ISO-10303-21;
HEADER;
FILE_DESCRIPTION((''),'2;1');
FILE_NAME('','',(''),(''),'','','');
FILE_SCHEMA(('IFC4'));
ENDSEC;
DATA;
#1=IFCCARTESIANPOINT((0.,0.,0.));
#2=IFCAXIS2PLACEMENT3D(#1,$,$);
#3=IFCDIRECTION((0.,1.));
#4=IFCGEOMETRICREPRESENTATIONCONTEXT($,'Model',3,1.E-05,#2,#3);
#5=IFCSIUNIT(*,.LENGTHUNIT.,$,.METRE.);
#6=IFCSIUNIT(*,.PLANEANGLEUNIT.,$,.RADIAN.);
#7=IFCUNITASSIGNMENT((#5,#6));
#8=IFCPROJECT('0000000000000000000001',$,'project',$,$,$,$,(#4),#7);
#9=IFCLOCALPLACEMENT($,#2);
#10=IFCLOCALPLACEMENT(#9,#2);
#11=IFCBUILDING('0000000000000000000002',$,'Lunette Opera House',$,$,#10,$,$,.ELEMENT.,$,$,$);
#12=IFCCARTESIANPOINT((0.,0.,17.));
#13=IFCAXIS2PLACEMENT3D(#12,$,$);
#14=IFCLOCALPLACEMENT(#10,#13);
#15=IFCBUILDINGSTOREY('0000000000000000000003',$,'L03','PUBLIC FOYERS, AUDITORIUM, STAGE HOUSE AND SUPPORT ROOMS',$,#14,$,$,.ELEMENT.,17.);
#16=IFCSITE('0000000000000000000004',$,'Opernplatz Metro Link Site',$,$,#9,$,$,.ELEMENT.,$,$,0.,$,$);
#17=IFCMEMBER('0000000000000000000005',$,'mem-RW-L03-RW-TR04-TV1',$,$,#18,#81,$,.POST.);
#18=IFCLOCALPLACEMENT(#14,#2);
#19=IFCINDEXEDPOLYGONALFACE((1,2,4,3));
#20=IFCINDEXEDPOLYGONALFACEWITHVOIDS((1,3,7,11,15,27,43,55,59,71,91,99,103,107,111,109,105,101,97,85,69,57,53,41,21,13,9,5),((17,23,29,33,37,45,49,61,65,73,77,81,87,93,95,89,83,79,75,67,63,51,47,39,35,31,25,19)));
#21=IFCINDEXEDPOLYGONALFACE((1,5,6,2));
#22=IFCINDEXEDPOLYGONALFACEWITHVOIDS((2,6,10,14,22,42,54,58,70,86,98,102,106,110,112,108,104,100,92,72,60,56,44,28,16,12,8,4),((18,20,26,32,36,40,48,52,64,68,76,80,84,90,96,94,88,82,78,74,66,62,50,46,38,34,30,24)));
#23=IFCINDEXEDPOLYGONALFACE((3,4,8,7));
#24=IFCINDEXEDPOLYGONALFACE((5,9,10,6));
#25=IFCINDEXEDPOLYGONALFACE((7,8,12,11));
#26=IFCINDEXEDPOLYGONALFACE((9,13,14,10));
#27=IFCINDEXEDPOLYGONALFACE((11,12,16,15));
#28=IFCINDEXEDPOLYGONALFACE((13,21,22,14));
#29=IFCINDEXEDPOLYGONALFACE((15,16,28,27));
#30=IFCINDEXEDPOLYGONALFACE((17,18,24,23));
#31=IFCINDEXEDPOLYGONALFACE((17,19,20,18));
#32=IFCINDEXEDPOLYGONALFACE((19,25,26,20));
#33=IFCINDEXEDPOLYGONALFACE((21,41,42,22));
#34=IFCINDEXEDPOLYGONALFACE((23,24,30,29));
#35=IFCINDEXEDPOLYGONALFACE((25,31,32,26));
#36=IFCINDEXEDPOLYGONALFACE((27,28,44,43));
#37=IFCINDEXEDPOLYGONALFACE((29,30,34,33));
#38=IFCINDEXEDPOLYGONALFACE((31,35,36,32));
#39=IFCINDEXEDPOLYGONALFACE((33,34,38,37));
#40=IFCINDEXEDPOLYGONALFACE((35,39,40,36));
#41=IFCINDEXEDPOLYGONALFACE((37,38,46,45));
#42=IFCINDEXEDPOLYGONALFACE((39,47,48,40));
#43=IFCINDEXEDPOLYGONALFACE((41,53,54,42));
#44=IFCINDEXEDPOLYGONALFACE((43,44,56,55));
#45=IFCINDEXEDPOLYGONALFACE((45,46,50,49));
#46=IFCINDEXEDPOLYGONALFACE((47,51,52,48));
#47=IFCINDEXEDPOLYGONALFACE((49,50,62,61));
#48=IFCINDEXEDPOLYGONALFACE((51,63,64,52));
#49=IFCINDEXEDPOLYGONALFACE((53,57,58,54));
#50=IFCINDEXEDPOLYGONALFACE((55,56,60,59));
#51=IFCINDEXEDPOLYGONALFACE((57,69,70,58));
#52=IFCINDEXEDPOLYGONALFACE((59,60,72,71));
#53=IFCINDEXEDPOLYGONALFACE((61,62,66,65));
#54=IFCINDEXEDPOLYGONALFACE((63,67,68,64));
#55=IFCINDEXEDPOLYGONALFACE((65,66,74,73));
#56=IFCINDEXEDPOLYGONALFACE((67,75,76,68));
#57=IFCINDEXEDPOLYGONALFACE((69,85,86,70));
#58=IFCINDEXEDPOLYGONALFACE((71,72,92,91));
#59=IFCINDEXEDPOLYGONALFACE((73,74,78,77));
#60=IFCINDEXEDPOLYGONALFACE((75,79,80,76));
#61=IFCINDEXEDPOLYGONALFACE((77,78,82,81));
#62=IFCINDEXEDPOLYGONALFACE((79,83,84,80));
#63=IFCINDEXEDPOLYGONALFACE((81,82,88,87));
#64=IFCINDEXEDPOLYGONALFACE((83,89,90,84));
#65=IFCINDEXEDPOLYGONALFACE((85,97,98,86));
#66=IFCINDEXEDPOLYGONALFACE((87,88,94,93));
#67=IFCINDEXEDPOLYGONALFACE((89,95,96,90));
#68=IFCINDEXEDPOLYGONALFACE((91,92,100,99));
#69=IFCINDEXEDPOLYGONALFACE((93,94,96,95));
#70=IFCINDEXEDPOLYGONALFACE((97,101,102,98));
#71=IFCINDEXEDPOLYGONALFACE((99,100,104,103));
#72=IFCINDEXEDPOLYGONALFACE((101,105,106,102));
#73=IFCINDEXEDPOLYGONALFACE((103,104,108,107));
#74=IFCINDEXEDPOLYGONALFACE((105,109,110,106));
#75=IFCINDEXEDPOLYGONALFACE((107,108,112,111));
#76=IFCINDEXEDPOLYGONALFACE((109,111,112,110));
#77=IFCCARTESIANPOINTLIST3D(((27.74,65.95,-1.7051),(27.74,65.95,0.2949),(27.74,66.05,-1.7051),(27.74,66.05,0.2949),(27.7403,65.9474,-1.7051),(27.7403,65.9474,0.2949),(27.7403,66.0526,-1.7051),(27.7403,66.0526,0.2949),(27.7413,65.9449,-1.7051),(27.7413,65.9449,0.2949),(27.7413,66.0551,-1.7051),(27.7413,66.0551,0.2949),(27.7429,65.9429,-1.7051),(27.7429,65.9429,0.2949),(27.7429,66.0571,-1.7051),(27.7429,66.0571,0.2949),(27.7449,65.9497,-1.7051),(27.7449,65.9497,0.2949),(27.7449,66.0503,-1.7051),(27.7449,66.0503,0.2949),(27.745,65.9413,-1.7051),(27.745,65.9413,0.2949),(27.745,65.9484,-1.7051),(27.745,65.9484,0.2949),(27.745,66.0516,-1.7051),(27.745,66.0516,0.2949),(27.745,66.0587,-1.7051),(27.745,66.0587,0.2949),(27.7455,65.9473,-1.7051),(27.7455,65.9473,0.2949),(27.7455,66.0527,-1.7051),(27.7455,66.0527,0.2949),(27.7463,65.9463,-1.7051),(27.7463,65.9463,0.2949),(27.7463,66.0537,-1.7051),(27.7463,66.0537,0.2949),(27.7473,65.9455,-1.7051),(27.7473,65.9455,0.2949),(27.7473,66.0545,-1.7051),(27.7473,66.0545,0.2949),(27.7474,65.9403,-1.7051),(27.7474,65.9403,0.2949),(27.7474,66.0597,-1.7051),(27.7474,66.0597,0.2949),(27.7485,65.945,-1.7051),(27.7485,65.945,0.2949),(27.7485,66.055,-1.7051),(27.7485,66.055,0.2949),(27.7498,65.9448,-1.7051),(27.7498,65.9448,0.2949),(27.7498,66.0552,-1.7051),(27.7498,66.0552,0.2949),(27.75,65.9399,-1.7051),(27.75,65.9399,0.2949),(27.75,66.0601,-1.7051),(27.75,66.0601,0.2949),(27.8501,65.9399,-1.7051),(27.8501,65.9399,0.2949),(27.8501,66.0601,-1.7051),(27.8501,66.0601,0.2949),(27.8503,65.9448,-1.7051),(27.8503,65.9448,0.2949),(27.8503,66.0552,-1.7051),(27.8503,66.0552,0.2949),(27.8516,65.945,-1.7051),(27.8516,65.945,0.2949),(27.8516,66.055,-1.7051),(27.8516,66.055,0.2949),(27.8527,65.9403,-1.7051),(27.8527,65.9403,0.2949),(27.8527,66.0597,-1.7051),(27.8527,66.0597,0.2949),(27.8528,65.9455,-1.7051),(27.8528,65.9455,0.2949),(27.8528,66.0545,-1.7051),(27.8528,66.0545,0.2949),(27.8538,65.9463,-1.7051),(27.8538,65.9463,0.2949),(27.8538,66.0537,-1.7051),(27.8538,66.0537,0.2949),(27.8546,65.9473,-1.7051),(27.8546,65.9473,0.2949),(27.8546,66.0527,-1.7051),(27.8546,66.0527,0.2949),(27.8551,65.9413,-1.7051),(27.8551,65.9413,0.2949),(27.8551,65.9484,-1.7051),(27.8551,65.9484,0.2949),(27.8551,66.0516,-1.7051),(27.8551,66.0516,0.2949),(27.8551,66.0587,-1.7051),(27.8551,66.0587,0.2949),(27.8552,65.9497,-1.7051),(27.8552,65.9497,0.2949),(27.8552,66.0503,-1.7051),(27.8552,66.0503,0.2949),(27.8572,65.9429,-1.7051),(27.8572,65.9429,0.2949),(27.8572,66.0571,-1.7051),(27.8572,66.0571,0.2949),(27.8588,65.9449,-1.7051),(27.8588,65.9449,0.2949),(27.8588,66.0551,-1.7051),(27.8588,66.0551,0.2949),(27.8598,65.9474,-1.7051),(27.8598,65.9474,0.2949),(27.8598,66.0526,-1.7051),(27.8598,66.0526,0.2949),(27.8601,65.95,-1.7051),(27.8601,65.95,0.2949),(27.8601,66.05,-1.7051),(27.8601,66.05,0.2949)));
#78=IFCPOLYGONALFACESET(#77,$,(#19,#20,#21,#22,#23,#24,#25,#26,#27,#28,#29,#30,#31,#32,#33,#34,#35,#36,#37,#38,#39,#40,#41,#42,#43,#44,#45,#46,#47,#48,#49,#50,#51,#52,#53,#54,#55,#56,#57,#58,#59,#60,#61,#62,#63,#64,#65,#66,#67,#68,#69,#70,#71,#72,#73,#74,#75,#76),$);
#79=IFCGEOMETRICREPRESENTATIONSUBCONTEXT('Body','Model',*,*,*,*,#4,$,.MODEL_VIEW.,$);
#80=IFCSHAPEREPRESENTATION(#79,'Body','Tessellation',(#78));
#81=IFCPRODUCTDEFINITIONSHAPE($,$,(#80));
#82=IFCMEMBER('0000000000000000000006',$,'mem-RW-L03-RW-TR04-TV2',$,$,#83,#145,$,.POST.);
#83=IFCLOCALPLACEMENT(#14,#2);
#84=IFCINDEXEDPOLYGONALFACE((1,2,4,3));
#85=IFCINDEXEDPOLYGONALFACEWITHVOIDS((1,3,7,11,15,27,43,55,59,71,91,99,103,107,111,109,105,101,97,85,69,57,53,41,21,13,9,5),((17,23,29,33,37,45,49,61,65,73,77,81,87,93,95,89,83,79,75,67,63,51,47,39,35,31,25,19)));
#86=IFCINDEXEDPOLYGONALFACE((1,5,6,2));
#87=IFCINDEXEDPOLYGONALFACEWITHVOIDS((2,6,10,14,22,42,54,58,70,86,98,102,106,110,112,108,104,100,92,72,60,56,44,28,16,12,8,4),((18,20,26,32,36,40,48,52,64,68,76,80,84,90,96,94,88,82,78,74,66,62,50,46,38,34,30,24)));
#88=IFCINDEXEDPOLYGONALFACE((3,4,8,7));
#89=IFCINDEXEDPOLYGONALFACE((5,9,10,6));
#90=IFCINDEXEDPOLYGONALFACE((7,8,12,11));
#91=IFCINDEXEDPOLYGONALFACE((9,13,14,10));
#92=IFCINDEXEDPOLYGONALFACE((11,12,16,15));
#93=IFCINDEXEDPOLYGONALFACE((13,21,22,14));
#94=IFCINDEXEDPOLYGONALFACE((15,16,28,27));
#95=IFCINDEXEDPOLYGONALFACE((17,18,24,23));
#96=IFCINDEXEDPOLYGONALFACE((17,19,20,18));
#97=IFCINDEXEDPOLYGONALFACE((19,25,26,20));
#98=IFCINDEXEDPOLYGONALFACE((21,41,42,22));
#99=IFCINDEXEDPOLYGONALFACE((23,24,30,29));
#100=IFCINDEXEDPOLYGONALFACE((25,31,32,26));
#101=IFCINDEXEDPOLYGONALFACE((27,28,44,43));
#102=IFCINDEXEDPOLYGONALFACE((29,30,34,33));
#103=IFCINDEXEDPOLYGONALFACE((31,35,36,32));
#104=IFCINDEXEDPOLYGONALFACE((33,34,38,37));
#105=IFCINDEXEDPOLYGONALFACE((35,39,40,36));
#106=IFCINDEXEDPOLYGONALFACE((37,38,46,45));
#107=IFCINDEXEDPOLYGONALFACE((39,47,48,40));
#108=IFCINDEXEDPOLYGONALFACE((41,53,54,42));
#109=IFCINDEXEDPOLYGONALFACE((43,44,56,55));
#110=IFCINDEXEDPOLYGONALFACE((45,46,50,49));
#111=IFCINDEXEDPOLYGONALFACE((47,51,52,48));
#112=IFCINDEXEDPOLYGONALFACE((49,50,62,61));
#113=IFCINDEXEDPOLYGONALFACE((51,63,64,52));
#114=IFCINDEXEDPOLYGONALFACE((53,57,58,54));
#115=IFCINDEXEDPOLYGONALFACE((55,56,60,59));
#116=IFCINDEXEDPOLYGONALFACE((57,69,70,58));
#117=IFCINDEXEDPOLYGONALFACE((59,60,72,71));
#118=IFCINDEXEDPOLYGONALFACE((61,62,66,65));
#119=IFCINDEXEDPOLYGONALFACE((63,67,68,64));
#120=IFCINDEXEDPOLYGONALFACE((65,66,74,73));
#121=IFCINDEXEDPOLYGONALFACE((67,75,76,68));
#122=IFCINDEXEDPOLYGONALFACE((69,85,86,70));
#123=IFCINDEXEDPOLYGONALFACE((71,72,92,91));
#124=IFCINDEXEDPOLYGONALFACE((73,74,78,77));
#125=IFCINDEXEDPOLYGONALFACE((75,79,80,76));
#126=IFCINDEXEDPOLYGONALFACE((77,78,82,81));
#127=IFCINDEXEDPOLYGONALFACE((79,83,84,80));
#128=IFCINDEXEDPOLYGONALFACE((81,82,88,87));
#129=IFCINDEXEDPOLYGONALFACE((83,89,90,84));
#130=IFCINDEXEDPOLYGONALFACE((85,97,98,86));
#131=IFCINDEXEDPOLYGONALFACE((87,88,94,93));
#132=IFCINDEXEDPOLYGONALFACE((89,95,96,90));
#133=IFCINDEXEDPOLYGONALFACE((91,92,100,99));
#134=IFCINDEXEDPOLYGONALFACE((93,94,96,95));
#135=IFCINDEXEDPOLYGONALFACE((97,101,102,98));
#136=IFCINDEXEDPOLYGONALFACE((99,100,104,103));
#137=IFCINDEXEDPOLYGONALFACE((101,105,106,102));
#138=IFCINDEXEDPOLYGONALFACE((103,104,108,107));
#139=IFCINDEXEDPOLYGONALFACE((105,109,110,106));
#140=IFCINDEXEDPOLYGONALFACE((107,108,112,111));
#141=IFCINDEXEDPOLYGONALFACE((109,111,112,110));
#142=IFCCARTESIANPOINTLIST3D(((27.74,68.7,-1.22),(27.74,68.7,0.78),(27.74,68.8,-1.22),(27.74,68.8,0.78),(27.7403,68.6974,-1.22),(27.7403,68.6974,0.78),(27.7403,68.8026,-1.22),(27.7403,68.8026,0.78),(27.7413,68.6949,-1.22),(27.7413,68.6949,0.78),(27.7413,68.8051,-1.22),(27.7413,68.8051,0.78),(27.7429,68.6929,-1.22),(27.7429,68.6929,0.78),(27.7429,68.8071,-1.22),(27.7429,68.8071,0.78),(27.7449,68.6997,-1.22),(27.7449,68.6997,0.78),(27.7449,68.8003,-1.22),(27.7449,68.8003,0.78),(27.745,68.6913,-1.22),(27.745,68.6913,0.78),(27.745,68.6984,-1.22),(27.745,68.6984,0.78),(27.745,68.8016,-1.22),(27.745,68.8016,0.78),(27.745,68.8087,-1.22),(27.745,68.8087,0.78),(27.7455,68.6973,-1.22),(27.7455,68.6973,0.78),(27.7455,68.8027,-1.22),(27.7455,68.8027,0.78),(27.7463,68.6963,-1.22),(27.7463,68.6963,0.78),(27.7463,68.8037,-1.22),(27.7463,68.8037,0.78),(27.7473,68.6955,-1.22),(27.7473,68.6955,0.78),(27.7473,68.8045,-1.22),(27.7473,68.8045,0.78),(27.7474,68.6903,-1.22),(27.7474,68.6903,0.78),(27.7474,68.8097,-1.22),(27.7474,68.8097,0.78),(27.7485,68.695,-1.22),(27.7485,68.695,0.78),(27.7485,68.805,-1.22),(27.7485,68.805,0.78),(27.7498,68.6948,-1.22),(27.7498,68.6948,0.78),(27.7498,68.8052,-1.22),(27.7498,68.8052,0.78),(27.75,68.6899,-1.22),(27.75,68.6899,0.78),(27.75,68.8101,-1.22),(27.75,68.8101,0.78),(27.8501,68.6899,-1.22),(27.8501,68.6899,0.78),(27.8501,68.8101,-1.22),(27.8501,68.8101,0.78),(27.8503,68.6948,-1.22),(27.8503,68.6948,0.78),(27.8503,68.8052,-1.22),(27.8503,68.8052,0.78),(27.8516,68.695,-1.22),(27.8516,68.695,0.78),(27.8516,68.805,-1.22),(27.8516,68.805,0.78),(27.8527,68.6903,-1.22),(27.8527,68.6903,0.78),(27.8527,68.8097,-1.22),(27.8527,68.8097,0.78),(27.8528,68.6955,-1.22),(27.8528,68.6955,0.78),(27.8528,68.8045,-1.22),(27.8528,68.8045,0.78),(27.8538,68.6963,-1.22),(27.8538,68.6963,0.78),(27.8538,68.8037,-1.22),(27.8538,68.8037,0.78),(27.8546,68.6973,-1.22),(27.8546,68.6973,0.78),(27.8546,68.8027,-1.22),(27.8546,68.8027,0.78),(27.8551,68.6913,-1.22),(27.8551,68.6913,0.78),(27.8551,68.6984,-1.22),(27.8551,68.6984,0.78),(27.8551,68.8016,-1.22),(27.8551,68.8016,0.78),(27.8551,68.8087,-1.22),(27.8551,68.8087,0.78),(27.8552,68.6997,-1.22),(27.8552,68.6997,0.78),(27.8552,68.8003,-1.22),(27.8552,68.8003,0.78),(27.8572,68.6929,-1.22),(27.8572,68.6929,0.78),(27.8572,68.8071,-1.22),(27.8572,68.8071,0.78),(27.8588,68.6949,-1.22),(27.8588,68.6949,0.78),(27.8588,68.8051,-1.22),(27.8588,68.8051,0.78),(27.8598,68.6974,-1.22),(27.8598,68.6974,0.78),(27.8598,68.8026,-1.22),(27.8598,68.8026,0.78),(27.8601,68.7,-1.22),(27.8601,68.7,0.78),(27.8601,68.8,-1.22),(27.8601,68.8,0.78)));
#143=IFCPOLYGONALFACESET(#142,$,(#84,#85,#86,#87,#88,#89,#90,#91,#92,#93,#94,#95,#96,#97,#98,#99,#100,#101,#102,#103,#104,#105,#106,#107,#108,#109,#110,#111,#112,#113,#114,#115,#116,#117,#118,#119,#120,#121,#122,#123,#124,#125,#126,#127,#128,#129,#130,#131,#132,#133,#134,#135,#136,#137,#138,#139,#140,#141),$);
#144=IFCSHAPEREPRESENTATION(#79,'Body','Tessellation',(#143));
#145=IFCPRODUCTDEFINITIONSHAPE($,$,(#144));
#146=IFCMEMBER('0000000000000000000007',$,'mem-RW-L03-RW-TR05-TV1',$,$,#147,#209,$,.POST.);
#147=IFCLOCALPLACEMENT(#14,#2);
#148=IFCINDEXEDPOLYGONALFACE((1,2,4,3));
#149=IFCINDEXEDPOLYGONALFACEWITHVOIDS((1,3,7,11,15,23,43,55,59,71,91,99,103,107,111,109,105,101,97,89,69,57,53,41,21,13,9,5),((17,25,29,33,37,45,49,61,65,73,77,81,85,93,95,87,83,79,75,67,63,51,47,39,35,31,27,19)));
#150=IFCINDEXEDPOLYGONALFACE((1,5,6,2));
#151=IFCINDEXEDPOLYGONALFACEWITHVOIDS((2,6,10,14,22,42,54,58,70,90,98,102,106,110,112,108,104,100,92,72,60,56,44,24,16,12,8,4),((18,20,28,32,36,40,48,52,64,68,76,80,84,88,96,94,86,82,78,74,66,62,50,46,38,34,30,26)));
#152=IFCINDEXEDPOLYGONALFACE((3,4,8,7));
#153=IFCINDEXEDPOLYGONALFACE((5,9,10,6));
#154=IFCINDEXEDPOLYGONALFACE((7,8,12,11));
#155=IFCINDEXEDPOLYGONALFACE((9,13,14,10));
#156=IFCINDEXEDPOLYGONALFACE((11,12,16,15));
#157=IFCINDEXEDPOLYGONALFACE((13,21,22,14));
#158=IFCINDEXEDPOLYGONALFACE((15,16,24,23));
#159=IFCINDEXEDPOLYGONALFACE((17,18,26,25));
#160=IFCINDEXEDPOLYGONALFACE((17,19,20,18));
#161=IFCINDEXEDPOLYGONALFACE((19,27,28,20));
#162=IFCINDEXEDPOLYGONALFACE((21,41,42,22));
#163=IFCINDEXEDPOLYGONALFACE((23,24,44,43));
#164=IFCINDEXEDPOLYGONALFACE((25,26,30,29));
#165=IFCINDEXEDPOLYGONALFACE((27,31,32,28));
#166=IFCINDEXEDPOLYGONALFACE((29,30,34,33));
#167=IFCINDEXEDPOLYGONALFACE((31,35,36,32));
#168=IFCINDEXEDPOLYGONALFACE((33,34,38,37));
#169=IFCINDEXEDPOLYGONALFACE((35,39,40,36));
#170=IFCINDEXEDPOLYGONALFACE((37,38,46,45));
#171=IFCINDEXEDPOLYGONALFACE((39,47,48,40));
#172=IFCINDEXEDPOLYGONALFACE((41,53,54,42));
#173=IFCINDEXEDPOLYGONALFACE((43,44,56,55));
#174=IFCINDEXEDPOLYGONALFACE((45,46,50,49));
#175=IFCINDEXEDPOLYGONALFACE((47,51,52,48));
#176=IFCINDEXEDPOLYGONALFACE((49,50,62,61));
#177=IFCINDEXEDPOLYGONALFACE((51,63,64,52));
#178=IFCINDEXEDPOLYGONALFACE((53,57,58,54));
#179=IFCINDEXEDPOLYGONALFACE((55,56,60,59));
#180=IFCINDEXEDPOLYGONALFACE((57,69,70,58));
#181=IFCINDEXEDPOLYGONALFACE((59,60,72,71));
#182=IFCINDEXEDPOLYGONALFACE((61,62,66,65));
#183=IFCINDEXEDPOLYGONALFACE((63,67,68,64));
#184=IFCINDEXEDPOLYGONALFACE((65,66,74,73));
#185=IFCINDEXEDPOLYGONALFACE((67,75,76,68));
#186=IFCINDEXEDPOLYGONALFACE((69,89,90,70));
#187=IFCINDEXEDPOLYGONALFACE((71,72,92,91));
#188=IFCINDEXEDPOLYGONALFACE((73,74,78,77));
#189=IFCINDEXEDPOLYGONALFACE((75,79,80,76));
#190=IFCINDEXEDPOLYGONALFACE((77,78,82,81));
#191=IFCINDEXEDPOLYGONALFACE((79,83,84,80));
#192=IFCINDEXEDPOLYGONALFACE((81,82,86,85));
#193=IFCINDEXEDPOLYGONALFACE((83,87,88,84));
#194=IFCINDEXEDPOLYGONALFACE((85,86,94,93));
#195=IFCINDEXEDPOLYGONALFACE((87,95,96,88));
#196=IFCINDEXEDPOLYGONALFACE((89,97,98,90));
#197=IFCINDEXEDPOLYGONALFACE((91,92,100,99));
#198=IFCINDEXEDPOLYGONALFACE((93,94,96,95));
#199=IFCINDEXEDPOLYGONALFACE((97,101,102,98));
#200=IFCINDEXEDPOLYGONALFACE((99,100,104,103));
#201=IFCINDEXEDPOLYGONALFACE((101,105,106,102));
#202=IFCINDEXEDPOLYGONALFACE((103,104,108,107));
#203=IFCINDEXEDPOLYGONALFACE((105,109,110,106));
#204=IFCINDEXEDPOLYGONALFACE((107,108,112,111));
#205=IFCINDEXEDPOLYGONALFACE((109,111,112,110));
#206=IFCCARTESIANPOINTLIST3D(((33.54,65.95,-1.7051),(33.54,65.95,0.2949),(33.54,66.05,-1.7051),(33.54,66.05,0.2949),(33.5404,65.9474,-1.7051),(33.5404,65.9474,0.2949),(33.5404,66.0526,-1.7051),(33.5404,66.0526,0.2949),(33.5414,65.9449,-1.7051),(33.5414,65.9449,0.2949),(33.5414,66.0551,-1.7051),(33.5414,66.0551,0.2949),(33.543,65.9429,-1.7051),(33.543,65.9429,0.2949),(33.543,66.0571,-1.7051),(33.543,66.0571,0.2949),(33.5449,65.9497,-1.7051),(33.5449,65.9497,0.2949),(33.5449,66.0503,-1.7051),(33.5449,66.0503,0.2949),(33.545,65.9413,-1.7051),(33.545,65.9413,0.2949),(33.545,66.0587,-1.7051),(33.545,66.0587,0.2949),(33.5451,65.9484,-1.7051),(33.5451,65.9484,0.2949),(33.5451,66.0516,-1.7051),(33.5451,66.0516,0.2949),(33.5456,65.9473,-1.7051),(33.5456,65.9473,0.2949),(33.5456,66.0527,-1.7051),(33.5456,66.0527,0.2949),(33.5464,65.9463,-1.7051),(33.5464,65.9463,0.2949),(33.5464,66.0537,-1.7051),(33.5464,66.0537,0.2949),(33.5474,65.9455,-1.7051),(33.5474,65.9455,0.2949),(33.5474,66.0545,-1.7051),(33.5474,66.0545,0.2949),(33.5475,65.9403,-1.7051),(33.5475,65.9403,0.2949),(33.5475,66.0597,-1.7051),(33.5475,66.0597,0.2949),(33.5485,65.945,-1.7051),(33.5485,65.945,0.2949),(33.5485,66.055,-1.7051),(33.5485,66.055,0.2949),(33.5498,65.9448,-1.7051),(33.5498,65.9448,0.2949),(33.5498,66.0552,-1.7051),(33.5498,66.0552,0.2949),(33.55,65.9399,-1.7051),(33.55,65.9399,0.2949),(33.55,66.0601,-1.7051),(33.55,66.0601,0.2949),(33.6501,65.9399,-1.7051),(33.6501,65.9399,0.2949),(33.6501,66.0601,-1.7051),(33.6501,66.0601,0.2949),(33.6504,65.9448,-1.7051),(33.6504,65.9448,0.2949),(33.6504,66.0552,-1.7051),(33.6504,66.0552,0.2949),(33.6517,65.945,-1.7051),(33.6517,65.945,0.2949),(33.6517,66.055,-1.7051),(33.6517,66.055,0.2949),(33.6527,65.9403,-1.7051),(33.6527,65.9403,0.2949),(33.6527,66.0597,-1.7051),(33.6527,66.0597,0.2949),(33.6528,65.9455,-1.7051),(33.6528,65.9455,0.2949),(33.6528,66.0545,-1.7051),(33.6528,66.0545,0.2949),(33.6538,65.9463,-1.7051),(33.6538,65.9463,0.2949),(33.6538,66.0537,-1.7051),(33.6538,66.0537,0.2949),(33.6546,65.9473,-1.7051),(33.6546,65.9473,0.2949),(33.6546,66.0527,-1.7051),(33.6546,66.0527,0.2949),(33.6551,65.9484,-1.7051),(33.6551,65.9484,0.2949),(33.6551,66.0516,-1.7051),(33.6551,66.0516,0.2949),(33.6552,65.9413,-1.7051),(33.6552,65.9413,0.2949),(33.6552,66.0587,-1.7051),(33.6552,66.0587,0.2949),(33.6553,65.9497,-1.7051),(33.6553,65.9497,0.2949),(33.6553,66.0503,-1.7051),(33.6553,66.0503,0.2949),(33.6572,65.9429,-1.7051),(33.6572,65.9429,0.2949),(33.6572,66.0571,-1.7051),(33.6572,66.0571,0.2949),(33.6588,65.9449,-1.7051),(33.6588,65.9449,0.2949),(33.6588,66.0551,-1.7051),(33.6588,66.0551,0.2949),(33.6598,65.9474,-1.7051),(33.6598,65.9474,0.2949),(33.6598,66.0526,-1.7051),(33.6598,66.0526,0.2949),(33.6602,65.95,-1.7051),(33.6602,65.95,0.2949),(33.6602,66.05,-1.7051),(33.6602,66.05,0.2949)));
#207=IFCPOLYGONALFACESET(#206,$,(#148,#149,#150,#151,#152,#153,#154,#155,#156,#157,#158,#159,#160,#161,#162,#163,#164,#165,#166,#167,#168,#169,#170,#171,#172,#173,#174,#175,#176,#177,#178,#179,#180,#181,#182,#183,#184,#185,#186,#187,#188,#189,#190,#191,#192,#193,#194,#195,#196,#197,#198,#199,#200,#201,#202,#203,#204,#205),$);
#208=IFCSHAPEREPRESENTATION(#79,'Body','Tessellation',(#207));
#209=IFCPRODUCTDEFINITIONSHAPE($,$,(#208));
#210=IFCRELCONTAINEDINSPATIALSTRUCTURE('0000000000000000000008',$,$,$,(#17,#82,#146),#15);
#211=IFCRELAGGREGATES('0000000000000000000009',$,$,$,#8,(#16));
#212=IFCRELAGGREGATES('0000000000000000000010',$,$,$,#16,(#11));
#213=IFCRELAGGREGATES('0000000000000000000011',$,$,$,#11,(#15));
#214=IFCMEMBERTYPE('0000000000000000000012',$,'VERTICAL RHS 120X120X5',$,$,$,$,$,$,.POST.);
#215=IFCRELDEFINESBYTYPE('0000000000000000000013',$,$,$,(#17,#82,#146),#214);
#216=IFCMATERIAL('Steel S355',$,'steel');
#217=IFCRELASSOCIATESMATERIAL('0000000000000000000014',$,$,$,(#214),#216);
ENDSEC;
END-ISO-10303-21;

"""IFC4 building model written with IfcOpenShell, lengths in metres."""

from ifc_helpers import new_model, si_unit, direction, frame, origin, origin_2d, place, context, subcontext, project, spatial, hollow_rectangle, extrude, material, material_profile, profile_set, type_object, element, save


model = new_model("IFC4")

# Units and contexts
model_context = context("Model", 3, precision=1e-05, world=origin(), true_north=direction((0.0, 1.0)))
body_context = subcontext(model_context, "Body", "Model", "MODEL_VIEW")
ifc_project = project(units=[si_unit("LENGTHUNIT", "METRE"), si_unit("PLANEANGLEUNIT", "RADIAN")], contexts=[model_context])

# Site, building, storey
site_placement = place(None, origin())
site = spatial("IfcSite", under=ifc_project, at=site_placement, Name="Opernplatz Metro Link Site", CompositionType="ELEMENT", RefElevation=0.0)
building_placement = place(site_placement, origin())
building = spatial("IfcBuilding", under=site, at=building_placement, Name="Lunette Opera House", CompositionType="ELEMENT")
storey_placement = place(building_placement, frame((0.0, 0.0, 17.0)))
storey = spatial("IfcBuildingStorey", under=building, at=storey_placement, Name="L03", Description="PUBLIC FOYERS, AUDITORIUM, STAGE HOUSE AND SUPPORT ROOMS", CompositionType="ELEMENT", Elevation=17.0)

# Members
ifc_material_1 = material(Name="Steel S355", Category="steel")
ifc_material_profile_1 = material_profile(ifc_material_1, hollow_rectangle(XDim=0.1201, YDim=0.1201, WallThickness=0.0049, InnerFilletRadius=0.0049, OuterFilletRadius=0.01, at=origin_2d()), Name="RHS 120X120X5")
ifc_profile_set_1 = profile_set([ifc_material_profile_1], Name="Steel S355")
member_type_1 = type_object("IfcMemberType", Name="VERTICAL RHS 120X120X5", PredefinedType="POST", material=ifc_profile_set_1)
for number, where, z_axis, x_axis, name in (
    (1, (27.8, 66.0, -1.7051), (0.0, 0.0, 1.0), (1.0, 0.0, 0.0), "mem-RW-L03-RW-TR04-TV1"),
    (2, (27.8, 68.75, -1.22), (0.0, 0.0, 1.0), (1.0, 0.0, 0.0), "mem-RW-L03-RW-TR04-TV2"),
    (3, (33.6001, 66.0, -1.7051), (0.0, 0.0, 1.0), (1.0, 0.0, 0.0), "mem-RW-L03-RW-TR05-TV1"),
):
    element("IfcMember", number, at=place(storey_placement, frame(where, z_axis=z_axis, x_axis=x_axis)), inside=storey, type_object=member_type_1, Name=name, PredefinedType="POST", context=body_context, shape_type="SweptSolid", body=[
        extrude(hollow_rectangle(XDim=0.1201, YDim=0.1201, WallThickness=0.0049, InnerFilletRadius=0.0049, OuterFilletRadius=0.01, at=origin_2d()), origin(), (0.0, 0.0, 1.0), 2.0),
    ])

save(model, "model.ifc")
